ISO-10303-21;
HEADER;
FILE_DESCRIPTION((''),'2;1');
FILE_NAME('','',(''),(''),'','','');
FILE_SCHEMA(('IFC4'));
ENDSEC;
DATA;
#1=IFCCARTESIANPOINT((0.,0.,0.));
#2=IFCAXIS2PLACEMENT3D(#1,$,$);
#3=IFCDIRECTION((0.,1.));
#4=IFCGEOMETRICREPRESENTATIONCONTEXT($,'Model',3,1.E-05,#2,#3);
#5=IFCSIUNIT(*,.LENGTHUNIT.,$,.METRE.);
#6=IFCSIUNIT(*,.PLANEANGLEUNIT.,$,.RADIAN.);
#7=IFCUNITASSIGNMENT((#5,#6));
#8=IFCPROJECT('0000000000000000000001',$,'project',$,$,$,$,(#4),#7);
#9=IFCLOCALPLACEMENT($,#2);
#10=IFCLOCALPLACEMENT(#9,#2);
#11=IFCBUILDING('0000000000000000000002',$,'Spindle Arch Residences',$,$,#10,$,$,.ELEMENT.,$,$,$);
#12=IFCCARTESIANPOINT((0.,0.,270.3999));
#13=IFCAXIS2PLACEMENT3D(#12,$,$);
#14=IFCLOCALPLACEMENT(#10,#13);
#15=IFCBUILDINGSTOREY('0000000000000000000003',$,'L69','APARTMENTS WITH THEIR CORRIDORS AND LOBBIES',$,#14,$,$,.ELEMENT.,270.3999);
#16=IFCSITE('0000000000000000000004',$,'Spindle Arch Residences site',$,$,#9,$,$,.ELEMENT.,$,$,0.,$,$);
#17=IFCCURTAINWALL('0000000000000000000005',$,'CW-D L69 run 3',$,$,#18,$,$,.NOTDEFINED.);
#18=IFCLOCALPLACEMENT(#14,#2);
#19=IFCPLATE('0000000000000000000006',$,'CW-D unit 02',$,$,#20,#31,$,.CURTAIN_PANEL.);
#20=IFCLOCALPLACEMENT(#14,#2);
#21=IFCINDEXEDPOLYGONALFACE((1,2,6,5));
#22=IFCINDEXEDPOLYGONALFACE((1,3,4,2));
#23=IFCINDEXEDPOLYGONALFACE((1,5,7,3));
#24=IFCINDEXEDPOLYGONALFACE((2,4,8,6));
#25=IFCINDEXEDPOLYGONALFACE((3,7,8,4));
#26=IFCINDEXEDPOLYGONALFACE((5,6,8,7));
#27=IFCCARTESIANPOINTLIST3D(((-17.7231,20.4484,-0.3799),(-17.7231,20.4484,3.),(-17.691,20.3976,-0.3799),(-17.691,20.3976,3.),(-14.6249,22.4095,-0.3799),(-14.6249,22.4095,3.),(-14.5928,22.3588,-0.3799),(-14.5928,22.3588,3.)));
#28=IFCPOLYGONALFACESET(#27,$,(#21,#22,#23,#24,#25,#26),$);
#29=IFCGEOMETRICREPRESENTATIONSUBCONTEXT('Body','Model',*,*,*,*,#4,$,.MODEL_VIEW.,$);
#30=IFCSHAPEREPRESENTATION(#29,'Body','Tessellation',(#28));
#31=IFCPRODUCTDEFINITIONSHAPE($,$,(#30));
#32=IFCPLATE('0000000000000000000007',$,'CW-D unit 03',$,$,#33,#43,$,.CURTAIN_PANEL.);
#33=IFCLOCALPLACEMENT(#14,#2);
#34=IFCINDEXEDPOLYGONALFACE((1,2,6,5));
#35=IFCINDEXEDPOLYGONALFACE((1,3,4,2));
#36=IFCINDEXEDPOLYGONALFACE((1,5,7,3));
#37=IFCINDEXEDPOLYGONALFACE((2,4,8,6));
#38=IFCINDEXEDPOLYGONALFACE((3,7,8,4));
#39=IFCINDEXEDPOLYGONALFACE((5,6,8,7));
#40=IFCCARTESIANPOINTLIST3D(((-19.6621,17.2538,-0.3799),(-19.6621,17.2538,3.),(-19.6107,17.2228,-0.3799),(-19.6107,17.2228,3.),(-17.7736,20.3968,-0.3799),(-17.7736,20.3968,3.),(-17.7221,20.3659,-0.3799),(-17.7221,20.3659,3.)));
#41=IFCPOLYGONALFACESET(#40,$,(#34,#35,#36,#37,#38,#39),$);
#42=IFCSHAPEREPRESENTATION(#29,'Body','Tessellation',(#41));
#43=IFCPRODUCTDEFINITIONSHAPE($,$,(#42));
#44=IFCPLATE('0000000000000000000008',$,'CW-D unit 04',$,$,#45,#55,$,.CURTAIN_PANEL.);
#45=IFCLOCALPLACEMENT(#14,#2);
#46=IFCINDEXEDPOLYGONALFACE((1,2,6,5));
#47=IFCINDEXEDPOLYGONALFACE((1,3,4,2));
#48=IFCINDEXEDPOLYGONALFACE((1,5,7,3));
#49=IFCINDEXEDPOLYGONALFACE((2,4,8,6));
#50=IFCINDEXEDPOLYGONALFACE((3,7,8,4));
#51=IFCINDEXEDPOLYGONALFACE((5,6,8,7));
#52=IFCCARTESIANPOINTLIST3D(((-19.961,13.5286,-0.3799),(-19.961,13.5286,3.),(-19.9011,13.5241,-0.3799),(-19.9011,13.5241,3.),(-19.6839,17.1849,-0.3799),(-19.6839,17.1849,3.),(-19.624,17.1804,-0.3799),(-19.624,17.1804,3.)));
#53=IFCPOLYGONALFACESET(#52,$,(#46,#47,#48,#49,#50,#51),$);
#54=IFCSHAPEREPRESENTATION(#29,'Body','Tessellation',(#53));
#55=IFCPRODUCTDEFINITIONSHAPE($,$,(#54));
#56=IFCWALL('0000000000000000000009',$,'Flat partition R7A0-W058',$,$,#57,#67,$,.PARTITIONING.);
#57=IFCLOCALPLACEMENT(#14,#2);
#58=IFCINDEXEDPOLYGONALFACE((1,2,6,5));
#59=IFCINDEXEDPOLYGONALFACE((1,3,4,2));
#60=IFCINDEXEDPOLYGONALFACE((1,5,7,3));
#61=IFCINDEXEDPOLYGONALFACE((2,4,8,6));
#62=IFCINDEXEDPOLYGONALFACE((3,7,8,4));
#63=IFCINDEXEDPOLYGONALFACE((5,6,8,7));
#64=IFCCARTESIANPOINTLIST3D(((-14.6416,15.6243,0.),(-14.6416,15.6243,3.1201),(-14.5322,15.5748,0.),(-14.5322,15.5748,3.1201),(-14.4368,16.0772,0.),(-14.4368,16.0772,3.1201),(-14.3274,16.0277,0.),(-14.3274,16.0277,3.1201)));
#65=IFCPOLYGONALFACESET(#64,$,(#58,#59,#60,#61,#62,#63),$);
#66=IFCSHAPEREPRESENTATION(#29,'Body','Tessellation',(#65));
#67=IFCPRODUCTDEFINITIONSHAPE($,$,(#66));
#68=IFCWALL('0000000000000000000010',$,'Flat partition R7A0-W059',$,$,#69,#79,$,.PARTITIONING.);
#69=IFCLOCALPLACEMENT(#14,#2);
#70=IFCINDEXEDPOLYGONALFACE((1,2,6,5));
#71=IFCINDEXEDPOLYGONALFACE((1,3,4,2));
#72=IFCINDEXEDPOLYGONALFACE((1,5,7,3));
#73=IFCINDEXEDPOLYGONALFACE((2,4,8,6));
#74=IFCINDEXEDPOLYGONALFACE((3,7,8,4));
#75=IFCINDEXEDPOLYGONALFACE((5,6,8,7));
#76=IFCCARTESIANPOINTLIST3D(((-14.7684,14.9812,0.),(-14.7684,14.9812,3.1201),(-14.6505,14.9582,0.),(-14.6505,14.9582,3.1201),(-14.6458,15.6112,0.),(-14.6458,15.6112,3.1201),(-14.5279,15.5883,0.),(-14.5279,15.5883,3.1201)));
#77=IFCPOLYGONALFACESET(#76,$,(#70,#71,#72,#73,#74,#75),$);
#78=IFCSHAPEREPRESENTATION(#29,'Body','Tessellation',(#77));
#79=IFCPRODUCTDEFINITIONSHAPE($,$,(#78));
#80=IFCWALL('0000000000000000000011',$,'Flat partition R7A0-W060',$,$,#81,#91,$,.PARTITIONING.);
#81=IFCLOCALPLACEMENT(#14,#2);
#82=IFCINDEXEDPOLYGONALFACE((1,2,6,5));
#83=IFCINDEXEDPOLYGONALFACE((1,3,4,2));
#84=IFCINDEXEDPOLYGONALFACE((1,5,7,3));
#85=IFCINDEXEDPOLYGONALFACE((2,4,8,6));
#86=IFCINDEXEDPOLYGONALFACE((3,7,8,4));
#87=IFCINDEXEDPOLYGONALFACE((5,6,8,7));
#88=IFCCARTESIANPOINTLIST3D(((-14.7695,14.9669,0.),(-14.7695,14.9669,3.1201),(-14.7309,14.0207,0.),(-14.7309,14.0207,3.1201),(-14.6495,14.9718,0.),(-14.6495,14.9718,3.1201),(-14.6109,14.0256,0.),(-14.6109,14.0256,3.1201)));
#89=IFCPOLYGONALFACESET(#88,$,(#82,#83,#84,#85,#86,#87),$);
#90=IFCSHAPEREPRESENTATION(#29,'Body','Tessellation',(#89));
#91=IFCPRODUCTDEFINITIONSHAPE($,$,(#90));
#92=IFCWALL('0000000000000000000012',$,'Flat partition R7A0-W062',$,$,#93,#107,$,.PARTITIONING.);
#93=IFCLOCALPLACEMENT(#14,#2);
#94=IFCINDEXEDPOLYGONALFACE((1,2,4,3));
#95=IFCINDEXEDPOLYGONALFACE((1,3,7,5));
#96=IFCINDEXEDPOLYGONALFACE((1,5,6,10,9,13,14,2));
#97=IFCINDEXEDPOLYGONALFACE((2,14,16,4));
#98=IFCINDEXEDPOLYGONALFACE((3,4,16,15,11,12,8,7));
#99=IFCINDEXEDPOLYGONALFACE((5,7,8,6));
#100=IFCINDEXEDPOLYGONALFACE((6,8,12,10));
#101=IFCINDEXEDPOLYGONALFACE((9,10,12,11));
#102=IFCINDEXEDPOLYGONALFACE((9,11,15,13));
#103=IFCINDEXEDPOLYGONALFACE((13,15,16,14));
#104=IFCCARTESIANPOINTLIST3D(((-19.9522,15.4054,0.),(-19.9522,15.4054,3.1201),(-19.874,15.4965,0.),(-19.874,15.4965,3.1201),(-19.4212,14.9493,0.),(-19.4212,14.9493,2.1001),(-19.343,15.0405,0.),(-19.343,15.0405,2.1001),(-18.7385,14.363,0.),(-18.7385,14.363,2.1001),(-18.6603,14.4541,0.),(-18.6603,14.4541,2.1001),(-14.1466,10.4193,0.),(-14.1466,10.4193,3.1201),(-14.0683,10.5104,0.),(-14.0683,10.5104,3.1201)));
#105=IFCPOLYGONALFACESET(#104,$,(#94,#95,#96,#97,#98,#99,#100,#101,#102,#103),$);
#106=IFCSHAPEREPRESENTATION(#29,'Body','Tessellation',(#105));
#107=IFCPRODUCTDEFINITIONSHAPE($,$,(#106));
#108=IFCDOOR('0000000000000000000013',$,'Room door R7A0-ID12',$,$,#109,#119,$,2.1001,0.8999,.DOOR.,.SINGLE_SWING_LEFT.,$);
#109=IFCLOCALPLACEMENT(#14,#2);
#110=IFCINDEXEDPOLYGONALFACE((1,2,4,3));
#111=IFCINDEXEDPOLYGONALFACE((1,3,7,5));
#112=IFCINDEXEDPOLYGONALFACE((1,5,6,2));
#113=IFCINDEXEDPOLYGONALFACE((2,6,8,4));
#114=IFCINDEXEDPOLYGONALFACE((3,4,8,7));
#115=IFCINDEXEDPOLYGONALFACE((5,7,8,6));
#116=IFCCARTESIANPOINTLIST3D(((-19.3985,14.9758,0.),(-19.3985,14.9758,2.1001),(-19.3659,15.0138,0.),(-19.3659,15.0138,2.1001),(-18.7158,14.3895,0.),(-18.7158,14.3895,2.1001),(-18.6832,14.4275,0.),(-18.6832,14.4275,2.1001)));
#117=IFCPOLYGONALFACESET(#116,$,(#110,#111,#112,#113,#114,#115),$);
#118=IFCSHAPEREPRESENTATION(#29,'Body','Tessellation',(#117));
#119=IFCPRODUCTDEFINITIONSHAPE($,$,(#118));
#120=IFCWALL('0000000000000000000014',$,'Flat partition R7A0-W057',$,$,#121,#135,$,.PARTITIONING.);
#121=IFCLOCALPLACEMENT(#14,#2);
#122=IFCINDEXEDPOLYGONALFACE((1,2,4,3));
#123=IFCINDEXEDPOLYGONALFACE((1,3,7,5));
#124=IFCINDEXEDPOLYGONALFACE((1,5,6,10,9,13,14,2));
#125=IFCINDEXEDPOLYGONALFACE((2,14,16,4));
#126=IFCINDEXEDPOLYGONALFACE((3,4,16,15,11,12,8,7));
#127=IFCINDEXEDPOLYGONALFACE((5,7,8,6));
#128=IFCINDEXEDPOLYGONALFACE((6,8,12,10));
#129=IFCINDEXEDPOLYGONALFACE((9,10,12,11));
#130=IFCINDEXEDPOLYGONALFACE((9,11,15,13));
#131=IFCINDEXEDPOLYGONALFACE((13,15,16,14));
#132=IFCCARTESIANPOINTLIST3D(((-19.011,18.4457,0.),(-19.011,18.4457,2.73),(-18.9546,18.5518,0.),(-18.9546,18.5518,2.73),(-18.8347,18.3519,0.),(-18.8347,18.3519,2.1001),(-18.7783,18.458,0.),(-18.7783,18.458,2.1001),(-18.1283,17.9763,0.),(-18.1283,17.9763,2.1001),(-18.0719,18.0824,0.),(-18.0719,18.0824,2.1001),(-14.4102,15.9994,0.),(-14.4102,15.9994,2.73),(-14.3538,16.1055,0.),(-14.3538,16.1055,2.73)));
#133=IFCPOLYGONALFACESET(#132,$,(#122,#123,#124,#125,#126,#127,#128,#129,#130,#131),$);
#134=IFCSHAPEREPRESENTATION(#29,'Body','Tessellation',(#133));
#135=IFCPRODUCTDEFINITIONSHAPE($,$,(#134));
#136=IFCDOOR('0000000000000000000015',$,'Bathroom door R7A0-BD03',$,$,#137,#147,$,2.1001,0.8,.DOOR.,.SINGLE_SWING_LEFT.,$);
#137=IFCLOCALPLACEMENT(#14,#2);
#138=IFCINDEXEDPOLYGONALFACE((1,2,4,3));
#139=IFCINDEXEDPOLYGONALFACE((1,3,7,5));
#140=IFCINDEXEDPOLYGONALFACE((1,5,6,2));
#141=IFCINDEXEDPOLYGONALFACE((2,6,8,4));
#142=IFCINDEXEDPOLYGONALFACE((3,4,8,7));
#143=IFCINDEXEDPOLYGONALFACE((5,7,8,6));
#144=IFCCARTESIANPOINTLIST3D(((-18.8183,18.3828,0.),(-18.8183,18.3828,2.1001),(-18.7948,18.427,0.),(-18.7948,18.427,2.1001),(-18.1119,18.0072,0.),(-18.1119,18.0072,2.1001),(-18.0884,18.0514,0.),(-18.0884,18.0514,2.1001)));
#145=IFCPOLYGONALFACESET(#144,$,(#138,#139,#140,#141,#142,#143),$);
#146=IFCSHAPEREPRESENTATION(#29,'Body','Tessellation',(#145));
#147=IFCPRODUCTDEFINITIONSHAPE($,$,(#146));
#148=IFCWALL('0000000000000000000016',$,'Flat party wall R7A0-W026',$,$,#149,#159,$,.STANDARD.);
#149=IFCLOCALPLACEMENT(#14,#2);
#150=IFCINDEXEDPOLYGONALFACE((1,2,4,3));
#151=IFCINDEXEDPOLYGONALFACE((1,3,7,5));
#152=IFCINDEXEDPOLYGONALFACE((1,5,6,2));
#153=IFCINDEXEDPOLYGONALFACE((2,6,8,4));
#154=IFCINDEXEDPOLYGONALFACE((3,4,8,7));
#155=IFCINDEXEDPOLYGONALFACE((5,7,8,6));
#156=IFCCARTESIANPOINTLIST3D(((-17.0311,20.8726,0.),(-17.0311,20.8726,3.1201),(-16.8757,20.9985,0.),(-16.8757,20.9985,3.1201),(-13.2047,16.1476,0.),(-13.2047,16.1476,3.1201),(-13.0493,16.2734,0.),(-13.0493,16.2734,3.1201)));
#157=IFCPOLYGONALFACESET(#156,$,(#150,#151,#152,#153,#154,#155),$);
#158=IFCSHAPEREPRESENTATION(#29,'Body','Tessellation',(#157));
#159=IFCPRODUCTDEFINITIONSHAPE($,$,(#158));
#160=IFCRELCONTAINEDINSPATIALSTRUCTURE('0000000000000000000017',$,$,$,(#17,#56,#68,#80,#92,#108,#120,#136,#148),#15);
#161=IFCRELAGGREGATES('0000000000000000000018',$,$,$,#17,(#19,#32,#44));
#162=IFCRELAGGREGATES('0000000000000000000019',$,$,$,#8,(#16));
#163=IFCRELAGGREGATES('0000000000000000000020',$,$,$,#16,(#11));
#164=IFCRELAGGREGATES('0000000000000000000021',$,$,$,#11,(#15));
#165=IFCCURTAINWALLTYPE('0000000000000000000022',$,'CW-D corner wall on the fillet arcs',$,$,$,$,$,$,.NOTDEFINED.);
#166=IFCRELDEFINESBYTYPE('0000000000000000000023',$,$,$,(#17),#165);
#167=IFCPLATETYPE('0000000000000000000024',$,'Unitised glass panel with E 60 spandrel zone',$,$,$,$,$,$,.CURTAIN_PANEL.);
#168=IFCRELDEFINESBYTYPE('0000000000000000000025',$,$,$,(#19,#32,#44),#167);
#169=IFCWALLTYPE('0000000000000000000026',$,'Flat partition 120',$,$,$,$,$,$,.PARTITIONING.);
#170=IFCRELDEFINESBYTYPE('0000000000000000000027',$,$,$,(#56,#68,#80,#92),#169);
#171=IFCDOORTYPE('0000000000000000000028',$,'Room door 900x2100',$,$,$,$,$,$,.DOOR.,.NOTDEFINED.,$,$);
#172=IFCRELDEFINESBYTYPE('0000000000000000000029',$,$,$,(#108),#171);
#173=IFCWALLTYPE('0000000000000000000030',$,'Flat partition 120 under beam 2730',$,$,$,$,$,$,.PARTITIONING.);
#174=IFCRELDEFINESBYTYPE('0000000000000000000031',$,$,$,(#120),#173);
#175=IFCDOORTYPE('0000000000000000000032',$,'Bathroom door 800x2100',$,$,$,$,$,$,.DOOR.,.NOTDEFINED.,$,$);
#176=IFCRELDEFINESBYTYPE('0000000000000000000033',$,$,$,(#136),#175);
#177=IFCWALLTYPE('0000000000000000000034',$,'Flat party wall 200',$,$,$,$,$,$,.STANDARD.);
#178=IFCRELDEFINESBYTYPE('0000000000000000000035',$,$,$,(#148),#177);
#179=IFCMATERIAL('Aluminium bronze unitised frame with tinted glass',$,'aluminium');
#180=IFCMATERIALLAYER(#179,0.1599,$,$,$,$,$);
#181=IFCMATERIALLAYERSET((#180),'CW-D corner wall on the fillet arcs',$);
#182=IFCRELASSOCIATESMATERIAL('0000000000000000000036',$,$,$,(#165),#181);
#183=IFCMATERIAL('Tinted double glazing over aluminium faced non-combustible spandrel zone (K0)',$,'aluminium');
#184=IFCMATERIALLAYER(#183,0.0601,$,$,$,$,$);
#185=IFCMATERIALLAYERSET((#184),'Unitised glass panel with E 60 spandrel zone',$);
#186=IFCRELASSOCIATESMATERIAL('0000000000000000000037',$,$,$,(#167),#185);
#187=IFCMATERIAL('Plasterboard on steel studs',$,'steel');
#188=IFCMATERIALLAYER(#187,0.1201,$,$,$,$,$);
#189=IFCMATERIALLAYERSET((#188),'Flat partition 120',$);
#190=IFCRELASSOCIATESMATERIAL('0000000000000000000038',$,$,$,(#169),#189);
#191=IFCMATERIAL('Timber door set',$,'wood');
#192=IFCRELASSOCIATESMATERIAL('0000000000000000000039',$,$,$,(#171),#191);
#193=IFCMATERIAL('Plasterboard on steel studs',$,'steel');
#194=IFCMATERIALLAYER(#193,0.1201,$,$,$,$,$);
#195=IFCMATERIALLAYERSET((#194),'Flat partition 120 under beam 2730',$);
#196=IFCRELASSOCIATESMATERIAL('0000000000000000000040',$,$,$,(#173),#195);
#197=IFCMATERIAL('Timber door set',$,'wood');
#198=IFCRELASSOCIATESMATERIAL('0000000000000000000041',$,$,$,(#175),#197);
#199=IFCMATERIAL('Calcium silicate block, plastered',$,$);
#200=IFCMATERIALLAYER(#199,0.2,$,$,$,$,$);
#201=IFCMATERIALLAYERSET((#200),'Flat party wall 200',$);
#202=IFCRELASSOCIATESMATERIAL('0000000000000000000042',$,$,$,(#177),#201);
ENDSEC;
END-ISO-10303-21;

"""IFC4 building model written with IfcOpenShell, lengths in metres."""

from ifc_helpers import new_model, si_unit, direction, frame, frame_2d, origin, origin_2d, place, context, subcontext, project, spatial, rectangle, extrude, material, layer, layer_set, type_object, element, fill, aggregate, save


model = new_model("IFC4")

# Units and contexts
model_context = context("Model", 3, precision=1e-05, world=origin(), true_north=direction((0.0, 1.0)))
body_context = subcontext(model_context, "Body", "Model", "MODEL_VIEW")
ifc_project = project(units=[si_unit("LENGTHUNIT", "METRE"), si_unit("PLANEANGLEUNIT", "RADIAN")], contexts=[model_context])

# Site, building, storey
site_placement = place(None, origin())
site = spatial("IfcSite", under=ifc_project, at=site_placement, Name="Spindle Arch Residences site", CompositionType="ELEMENT", RefElevation=0.0)
building_placement = place(site_placement, origin())
building = spatial("IfcBuilding", under=site, at=building_placement, Name="Spindle Arch Residences", CompositionType="ELEMENT")
storey_placement = place(building_placement, frame((0.0, 0.0, 270.3999)))
storey = spatial("IfcBuildingStorey", under=building, at=storey_placement, Name="L69", Description="APARTMENTS WITH THEIR CORRIDORS AND LOBBIES", CompositionType="ELEMENT", Elevation=270.3999)

# Curtain wall
ifc_material_1 = material(Name="Aluminium bronze unitised frame with tinted glass", Category="aluminium")
ifc_layer_1 = layer(ifc_material_1, 0.1599)
ifc_layer_set_1 = layer_set([ifc_layer_1], Name="CW-D corner wall on the fillet arcs")
curtain_wall_type = type_object("IfcCurtainWallType", Name="CW-D corner wall on the fillet arcs", PredefinedType="NOTDEFINED", material=ifc_layer_set_1)
curtain_wall_placement = place(storey_placement, origin())
curtain_wall = element("IfcCurtainWall", 1, at=curtain_wall_placement, inside=storey, type_object=curtain_wall_type, Name="CW-D L69 run 3", PredefinedType="NOTDEFINED")

# Plates
ifc_material_2 = material(Name="Tinted double glazing over aluminium faced non-combustible spandrel zone (K0)", Category="aluminium")
ifc_layer_2 = layer(ifc_material_2, 0.0601)
ifc_layer_set_2 = layer_set([ifc_layer_2], Name="Unitised glass panel with E 60 spandrel zone")
plate_type = type_object("IfcPlateType", Name="Unitised glass panel with E 60 spandrel zone", PredefinedType="CURTAIN_PANEL", material=ifc_layer_set_2)
plate_1_placement = place(storey_placement, frame((-16.158, 21.4036, -0.3799), z_axis=(0.0, 0.0, 1.0), x_axis=(-0.844951, -0.534844, 0.0)))
plate_1 = element("IfcPlate", 2, at=plate_1_placement, type_object=plate_type, Name="CW-D unit 02", PredefinedType="CURTAIN_PANEL", context=body_context, shape_type="SweptSolid", body=[
    extrude(rectangle(XDim=3.6667, YDim=0.0601, at=origin_2d()), origin(), (0.0, 0.0, 1.0), 3.3799),
])
plate_2_placement = place(storey_placement, frame((-18.6921, 18.8098, -0.3799), z_axis=(0.0, 0.0, 1.0), x_axis=(-0.515038, -0.857167, 0.0)))
plate_2 = element("IfcPlate", 3, at=plate_2_placement, type_object=plate_type, Name="CW-D unit 03", PredefinedType="CURTAIN_PANEL", context=body_context, shape_type="SweptSolid", body=[
    extrude(rectangle(XDim=3.6667, YDim=0.0601, at=origin_2d()), origin(), (0.0, 0.0, 1.0), 3.3799),
])
plate_3_placement = place(storey_placement, frame((-19.7925, 15.3545, -0.3799), z_axis=(0.0, 0.0, 1.0), x_axis=(-0.075559, -0.997141, 0.0)))
plate_3 = element("IfcPlate", 4, at=plate_3_placement, type_object=plate_type, Name="CW-D unit 04", PredefinedType="CURTAIN_PANEL", context=body_context, shape_type="SweptSolid", body=[
    extrude(rectangle(XDim=3.6667, YDim=0.0601, at=origin_2d()), origin(), (0.0, 0.0, 1.0), 3.3799),
])
aggregate(curtain_wall, [plate_1, plate_2, plate_3])

# Walls
ifc_material_3 = material(Name="Plasterboard on steel studs", Category="steel")
ifc_layer_3 = layer(ifc_material_3, 0.1201)
ifc_layer_set_3 = layer_set([ifc_layer_3], Name="Flat partition 120")
wall_type_1 = type_object("IfcWallType", Name="Flat partition 120", PredefinedType="PARTITIONING", material=ifc_layer_set_3)
wall_1_placement = place(storey_placement, frame((-14.3821, 16.0525, 0.0), z_axis=(0.0, 0.0, 1.0), x_axis=(-0.4121, -0.911139, 0.0)))
element("IfcWall", 5, at=wall_1_placement, inside=storey, type_object=wall_type_1, Name="Flat partition R7A0-W058", PredefinedType="PARTITIONING", context=body_context, shape_type="SweptSolid", body=[
    extrude(rectangle(XDim=0.4971, YDim=0.1201, at=frame_2d((0.2485, 0.0))), origin(), (0.0, 0.0, 1.0), 3.1201),
])
wall_2_placement = place(storey_placement, frame((-14.5869, 15.5996, 0.0), z_axis=(0.0, 0.0, 1.0), x_axis=(-0.190921, -0.981605, 0.0)))
element("IfcWall", 6, at=wall_2_placement, inside=storey, type_object=wall_type_1, Name="Flat partition R7A0-W059", PredefinedType="PARTITIONING", context=body_context, shape_type="SweptSolid", body=[
    extrude(rectangle(XDim=0.6418, YDim=0.1201, at=frame_2d((0.3208, 0.0))), origin(), (0.0, 0.0, 1.0), 3.1201),
])
wall_3_placement = place(storey_placement, frame((-14.7095, 14.9695, 0.0), z_axis=(0.0, 0.0, 1.0), x_axis=(0.04073, -0.99917, 0.0)))
element("IfcWall", 7, at=wall_3_placement, inside=storey, type_object=wall_type_1, Name="Flat partition R7A0-W060", PredefinedType="PARTITIONING", context=body_context, shape_type="SweptSolid", body=[
    extrude(rectangle(XDim=0.947, YDim=0.1201, at=frame_2d((0.4736, 0.0))), origin(), (0.0, 0.0, 1.0), 3.1201),
])

# Walls, openings, doors
wall_4_placement = place(storey_placement, frame((-19.9131, 15.4509, 0.0), z_axis=(0.0, 0.0, 1.0), x_axis=(0.758623, -0.651529, 0.0)))
wall_4 = element("IfcWall", 8, at=wall_4_placement, inside=storey, type_object=wall_type_1, Name="Flat partition R7A0-W062", PredefinedType="PARTITIONING", context=body_context, shape_type="SweptSolid", body=[
    extrude(rectangle(XDim=7.6528, YDim=0.1201, at=frame_2d((3.8264, 0.0))), origin(), (0.0, 0.0, 1.0), 3.1201),
])
opening_1_placement = place(wall_4_placement, frame((0.7, 0.0, 0.0)))
opening_1 = element("IfcOpeningElement", 9, at=opening_1_placement, cuts=wall_4, PredefinedType="OPENING", context=body_context, shape_type="SweptSolid", body=[
    extrude(rectangle(XDim=0.8999, YDim=2.1001, at=frame_2d((0.45, 1.05))), frame((0.0, 0.0701, 0.0), z_axis=(0.0, -1.0, 0.0), x_axis=(1.0, 0.0, 0.0)), (0.0, 0.0, 1.0), 0.1401),
])
ifc_material_4 = material(Name="Timber door set", Category="wood")
door_type_1 = type_object("IfcDoorType", Name="Room door 900x2100", OperationType="NOTDEFINED", PredefinedType="DOOR", material=ifc_material_4)
door_1_placement = place(opening_1_placement, origin())
door_1 = element("IfcDoor", 10, at=door_1_placement, inside=storey, type_object=door_type_1, Name="Room door R7A0-ID12", OperationType="SINGLE_SWING_LEFT", OverallHeight=2.1001, OverallWidth=0.8999, PredefinedType="DOOR", context=body_context, shape_type="SweptSolid", body=[
    extrude(rectangle(XDim=0.8999, YDim=2.1001, at=frame_2d((0.45, 1.05))), frame((0.0, 0.0249, 0.0), z_axis=(0.0, -1.0, 0.0), x_axis=(1.0, 0.0, 0.0)), (0.0, 0.0, 1.0), 0.05),
])
fill(opening_1, door_1)
ifc_material_5 = material(Name="Plasterboard on steel studs", Category="steel")
ifc_layer_4 = layer(ifc_material_5, 0.1201)
ifc_layer_set_4 = layer_set([ifc_layer_4], Name="Flat partition 120 under beam 2730")
wall_type_2 = type_object("IfcWallType", Name="Flat partition 120 under beam 2730", PredefinedType="PARTITIONING", material=ifc_layer_set_4)
wall_5_placement = place(storey_placement, frame((-18.9829, 18.4988, 0.0), z_axis=(0.0, 0.0, 1.0), x_axis=(0.882949, -0.469469, 0.0)))
wall_5 = element("IfcWall", 11, at=wall_5_placement, inside=storey, type_object=wall_type_2, Name="Flat partition R7A0-W057", PredefinedType="PARTITIONING", context=body_context, shape_type="SweptSolid", body=[
    extrude(rectangle(XDim=5.2107, YDim=0.1201, at=frame_2d((2.6055, 0.0))), origin(), (0.0, 0.0, 1.0), 2.73),
])
opening_2_placement = place(wall_5_placement, frame((0.2, 0.0, 0.0)))
opening_2 = element("IfcOpeningElement", 12, at=opening_2_placement, cuts=wall_5, PredefinedType="OPENING", context=body_context, shape_type="SweptSolid", body=[
    extrude(rectangle(XDim=0.8, YDim=2.1001, at=frame_2d((0.3999, 1.05))), frame((0.0, 0.0701, 0.0), z_axis=(0.0, -1.0, 0.0), x_axis=(1.0, 0.0, 0.0)), (0.0, 0.0, 1.0), 0.1401),
])
ifc_material_6 = material(Name="Timber door set", Category="wood")
door_type_2 = type_object("IfcDoorType", Name="Bathroom door 800x2100", OperationType="NOTDEFINED", PredefinedType="DOOR", material=ifc_material_6)
door_2_placement = place(opening_2_placement, origin())
door_2 = element("IfcDoor", 13, at=door_2_placement, inside=storey, type_object=door_type_2, Name="Bathroom door R7A0-BD03", OperationType="SINGLE_SWING_LEFT", OverallHeight=2.1001, OverallWidth=0.8, PredefinedType="DOOR", context=body_context, shape_type="SweptSolid", body=[
    extrude(rectangle(XDim=0.8, YDim=2.1001, at=frame_2d((0.3999, 1.05))), frame((0.0, 0.0249, 0.0), z_axis=(0.0, -1.0, 0.0), x_axis=(1.0, 0.0, 0.0)), (0.0, 0.0, 1.0), 0.05),
])
fill(opening_2, door_2)

# Wall
ifc_material_7 = material(Name="Calcium silicate block, plastered")
ifc_layer_5 = layer(ifc_material_7, 0.2)
ifc_layer_set_5 = layer_set([ifc_layer_5], Name="Flat party wall 200")
wall_type_3 = type_object("IfcWallType", Name="Flat party wall 200", PredefinedType="STANDARD", material=ifc_layer_set_5)
wall_6_placement = place(storey_placement, frame((-16.9534, 20.9355, 0.0), z_axis=(0.0, 0.0, 1.0), x_axis=(0.629331, -0.777137, 0.0)))
element("IfcWall", 14, at=wall_6_placement, inside=storey, type_object=wall_type_3, Name="Flat party wall R7A0-W026", PredefinedType="STANDARD", context=body_context, shape_type="SweptSolid", body=[
    extrude(rectangle(XDim=6.0801, YDim=0.2, at=frame_2d((3.04, 0.0))), origin(), (0.0, 0.0, 1.0), 3.1201),
])

save(model, "model.ifc")
